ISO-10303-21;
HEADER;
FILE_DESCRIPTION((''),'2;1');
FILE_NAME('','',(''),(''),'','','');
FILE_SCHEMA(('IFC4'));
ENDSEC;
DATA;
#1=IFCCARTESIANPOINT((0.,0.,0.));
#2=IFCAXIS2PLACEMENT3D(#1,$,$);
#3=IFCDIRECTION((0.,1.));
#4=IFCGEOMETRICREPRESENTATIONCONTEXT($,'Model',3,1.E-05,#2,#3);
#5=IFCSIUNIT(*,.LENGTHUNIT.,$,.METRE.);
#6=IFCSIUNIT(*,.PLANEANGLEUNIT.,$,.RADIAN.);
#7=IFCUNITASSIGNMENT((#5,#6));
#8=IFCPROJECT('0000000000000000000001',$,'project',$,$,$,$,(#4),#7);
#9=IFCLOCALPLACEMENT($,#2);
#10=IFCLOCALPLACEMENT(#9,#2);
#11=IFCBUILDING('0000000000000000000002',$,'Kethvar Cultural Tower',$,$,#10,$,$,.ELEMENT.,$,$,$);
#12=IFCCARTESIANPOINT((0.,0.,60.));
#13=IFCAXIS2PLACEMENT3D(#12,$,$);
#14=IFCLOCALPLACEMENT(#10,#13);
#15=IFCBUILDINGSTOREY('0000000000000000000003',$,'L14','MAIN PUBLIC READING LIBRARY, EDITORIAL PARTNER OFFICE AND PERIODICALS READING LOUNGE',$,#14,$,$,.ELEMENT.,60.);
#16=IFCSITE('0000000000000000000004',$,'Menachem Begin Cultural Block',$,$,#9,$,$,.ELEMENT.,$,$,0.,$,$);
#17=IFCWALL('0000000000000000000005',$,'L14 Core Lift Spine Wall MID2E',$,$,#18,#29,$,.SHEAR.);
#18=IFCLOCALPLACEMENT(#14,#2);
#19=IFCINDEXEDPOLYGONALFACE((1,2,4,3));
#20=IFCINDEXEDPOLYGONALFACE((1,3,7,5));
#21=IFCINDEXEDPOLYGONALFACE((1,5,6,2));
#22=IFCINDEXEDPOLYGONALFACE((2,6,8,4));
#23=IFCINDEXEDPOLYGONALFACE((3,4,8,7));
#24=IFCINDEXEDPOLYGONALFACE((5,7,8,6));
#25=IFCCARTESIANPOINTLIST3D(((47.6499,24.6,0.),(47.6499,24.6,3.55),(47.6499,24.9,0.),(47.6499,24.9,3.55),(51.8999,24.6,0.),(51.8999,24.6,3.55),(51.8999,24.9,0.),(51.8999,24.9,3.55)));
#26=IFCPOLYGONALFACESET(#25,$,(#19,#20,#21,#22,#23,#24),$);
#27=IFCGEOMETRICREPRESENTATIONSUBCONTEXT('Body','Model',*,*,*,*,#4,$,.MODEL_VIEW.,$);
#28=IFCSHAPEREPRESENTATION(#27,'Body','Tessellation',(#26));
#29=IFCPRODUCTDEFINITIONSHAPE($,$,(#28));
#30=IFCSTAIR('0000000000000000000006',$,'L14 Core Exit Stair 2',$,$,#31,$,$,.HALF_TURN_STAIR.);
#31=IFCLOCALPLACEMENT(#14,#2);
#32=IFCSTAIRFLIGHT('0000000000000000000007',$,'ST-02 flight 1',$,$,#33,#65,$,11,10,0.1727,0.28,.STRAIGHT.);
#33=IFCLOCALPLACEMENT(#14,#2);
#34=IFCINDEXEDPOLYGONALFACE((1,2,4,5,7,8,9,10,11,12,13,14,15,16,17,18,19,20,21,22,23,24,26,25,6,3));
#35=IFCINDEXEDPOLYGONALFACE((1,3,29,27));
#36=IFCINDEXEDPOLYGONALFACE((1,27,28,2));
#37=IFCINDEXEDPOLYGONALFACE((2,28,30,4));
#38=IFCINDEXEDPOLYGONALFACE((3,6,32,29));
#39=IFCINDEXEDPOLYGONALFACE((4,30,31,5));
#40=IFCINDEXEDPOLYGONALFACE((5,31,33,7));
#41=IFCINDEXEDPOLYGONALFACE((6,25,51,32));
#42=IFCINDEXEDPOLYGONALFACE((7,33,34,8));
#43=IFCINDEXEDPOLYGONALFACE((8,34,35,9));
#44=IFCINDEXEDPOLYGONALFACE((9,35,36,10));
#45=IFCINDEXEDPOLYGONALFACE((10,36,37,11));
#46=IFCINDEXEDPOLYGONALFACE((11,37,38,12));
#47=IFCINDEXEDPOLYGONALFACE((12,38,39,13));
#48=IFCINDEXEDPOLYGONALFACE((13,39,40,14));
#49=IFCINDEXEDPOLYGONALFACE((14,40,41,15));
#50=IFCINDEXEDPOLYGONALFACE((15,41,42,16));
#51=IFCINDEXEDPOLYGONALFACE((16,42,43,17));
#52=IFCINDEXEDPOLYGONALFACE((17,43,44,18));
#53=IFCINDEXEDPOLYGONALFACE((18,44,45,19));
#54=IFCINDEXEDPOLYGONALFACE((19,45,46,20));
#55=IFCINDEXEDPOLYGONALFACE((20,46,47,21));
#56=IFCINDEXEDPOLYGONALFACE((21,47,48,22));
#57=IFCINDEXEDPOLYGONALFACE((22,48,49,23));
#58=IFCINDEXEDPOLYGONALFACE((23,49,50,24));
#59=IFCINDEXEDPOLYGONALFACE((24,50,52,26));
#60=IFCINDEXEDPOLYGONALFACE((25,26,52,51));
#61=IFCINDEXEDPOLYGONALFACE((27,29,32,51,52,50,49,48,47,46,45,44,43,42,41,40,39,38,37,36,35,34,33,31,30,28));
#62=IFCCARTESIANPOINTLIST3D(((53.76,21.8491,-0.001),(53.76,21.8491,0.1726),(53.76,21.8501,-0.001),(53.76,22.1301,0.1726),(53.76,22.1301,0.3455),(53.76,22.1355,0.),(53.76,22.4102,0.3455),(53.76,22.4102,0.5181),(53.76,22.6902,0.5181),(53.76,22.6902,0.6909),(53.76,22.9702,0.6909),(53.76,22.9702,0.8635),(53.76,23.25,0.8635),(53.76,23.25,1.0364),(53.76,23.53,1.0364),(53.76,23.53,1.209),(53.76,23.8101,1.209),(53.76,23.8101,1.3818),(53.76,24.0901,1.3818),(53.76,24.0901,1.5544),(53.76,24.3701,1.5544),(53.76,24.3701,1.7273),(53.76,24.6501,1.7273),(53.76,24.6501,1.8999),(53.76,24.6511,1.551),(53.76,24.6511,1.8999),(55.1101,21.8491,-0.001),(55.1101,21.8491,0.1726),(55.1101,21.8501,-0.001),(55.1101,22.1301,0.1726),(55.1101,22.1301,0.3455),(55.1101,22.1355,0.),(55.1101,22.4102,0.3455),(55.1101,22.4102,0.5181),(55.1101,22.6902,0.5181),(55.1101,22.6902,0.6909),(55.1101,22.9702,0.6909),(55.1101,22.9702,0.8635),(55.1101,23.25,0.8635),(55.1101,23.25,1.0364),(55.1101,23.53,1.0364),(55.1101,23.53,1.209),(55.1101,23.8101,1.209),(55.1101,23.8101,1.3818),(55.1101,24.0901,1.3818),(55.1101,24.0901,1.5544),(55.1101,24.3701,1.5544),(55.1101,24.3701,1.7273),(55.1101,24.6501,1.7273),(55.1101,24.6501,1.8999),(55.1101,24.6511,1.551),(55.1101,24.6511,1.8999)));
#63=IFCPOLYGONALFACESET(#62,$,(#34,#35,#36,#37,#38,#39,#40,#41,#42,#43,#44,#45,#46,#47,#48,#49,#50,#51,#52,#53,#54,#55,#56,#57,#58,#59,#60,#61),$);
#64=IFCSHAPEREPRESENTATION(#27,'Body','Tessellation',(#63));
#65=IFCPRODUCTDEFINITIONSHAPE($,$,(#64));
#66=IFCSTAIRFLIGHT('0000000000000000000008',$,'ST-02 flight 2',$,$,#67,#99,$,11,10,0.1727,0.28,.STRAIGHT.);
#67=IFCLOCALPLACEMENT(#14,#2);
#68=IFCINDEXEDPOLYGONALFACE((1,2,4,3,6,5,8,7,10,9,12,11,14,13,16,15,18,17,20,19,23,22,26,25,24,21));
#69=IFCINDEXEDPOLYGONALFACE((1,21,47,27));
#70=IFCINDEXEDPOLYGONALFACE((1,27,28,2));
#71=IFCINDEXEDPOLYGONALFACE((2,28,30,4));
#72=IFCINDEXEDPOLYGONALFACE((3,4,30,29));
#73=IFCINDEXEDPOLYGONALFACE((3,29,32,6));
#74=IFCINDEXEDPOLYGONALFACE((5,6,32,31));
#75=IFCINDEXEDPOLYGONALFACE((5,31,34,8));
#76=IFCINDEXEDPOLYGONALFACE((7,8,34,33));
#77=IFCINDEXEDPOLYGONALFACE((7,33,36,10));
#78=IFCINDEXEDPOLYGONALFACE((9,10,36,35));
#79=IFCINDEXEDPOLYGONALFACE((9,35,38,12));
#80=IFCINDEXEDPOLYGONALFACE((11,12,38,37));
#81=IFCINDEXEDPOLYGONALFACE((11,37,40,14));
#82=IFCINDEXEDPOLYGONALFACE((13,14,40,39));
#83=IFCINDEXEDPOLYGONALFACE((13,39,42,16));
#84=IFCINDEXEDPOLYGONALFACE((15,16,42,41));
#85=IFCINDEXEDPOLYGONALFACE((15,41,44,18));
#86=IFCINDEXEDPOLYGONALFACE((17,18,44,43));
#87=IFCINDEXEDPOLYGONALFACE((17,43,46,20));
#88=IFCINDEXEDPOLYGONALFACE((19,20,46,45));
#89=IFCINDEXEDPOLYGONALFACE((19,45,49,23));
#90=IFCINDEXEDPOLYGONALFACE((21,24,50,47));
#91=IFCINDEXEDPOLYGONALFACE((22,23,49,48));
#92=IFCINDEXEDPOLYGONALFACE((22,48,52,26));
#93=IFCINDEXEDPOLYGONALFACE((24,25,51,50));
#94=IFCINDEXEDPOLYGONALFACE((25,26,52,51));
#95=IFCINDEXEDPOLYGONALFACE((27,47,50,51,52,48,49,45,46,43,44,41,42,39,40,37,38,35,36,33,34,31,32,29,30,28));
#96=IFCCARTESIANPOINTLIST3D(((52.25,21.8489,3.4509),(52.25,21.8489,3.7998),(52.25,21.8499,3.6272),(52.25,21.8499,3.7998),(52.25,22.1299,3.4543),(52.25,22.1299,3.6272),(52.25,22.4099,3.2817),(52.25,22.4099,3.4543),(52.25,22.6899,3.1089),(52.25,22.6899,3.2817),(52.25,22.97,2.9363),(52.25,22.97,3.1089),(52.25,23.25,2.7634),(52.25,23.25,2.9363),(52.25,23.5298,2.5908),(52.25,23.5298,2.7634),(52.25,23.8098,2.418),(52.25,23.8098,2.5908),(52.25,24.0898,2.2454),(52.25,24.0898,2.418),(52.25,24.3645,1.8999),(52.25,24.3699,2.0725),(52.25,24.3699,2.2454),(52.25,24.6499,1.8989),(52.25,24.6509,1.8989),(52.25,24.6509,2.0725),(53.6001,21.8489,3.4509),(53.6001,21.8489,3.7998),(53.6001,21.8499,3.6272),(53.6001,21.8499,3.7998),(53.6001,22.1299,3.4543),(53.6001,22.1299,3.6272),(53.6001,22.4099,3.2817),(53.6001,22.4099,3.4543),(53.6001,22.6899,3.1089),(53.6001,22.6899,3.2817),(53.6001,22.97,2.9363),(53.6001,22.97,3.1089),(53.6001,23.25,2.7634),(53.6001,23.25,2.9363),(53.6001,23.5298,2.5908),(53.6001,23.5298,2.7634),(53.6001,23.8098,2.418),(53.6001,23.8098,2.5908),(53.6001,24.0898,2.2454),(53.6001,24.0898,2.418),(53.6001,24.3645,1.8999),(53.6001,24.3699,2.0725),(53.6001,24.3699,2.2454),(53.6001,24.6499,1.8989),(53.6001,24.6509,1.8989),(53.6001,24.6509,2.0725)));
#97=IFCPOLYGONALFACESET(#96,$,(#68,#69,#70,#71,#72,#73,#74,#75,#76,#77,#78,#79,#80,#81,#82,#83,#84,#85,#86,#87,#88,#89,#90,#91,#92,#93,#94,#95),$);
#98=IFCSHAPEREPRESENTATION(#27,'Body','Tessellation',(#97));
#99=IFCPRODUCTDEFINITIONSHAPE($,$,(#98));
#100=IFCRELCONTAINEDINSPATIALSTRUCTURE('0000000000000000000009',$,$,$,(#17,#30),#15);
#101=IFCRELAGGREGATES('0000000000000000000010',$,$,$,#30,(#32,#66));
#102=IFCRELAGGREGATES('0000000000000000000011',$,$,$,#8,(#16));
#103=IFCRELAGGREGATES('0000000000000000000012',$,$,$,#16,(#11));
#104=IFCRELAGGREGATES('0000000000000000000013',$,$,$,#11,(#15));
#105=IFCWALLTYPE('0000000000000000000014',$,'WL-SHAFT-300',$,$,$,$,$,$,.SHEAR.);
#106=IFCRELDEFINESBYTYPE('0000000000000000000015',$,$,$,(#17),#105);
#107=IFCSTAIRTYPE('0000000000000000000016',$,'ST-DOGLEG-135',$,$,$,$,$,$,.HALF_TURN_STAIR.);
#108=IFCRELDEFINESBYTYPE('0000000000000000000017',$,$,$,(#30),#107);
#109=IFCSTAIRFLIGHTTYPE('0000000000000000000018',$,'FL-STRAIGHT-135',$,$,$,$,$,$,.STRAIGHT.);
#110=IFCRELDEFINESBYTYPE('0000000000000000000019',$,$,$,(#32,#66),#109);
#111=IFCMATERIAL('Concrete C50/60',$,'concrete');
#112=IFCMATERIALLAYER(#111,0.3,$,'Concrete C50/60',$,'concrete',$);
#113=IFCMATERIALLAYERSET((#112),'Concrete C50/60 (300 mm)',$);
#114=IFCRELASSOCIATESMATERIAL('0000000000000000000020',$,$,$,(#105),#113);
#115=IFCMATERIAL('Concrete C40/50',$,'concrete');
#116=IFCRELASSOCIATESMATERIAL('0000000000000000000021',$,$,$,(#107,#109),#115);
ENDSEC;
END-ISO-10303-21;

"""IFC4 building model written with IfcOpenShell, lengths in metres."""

from ifc_helpers import new_model, si_unit, direction, frame, frame_2d, origin, place, context, subcontext, project, spatial, polyline, rectangle, outline, extrude, material, layer, layer_set, type_object, element, aggregate, save


model = new_model("IFC4")

# Units and contexts
model_context = context("Model", 3, precision=1e-05, world=origin(), true_north=direction((0.0, 1.0)))
body_context = subcontext(model_context, "Body", "Model", "MODEL_VIEW")
ifc_project = project(units=[si_unit("LENGTHUNIT", "METRE"), si_unit("PLANEANGLEUNIT", "RADIAN")], contexts=[model_context])

# Site, building, storey
site_placement = place(None, origin())
site = spatial("IfcSite", under=ifc_project, at=site_placement, Name="Menachem Begin Cultural Block", CompositionType="ELEMENT", RefElevation=0.0)
building_placement = place(site_placement, origin())
building = spatial("IfcBuilding", under=site, at=building_placement, Name="Kethvar Cultural Tower", CompositionType="ELEMENT")
storey_placement = place(building_placement, frame((0.0, 0.0, 60.0)))
storey = spatial("IfcBuildingStorey", under=building, at=storey_placement, Name="L14", Description="MAIN PUBLIC READING LIBRARY, EDITORIAL PARTNER OFFICE AND PERIODICALS READING LOUNGE", CompositionType="ELEMENT", Elevation=60.0)

# Shared definitions
ifc_material_1 = material(Name="Concrete C50/60", Category="concrete")
ifc_layer_1 = layer(ifc_material_1, 0.3, Name="Concrete C50/60", Category="concrete")
ifc_layer_set_1 = layer_set([ifc_layer_1], Name="Concrete C50/60 (300 mm)")
wall_type_1 = type_object("IfcWallType", Name="WL-SHAFT-300", PredefinedType="SHEAR", material=ifc_layer_set_1)

# Wall
wall_1_placement = place(storey_placement, frame((47.6499, 24.75, 0.0), z_axis=(0.0, 0.0, 1.0), x_axis=(1.0, 0.0, 0.0)))
element("IfcWall", 1, at=wall_1_placement, inside=storey, type_object=wall_type_1, Name="L14 Core Lift Spine Wall MID2E", PredefinedType="SHEAR", context=body_context, shape_type="SweptSolid", body=[
    extrude(rectangle(XDim=4.25, YDim=0.3, at=frame_2d((2.125, 0.0))), origin(), (0.0, 0.0, 1.0), 3.55),
])

# Stair, stair flights
ifc_material_2 = material(Name="Concrete C40/50", Category="concrete")
stair_type = type_object("IfcStairType", Name="ST-DOGLEG-135", PredefinedType="HALF_TURN_STAIR", material=ifc_material_2)
stair_placement = place(storey_placement, origin())
stair = element("IfcStair", 2, at=stair_placement, inside=storey, type_object=stair_type, Name="L14 Core Exit Stair 2", PredefinedType="HALF_TURN_STAIR")
stair_flight_type = type_object("IfcStairFlightType", Name="FL-STRAIGHT-135", PredefinedType="STRAIGHT", material=ifc_material_2)
stair_flight_1_placement = place(storey_placement, frame((54.4351, 21.8501, 0.0), z_axis=(0.0, 0.0, 1.0), x_axis=(0.0, 1.0, 0.0)))
stair_flight_1 = element("IfcStairFlight", 3, at=stair_flight_1_placement, type_object=stair_flight_type, Name="ST-02 flight 1", NumberOfRisers=11, NumberOfTreads=10, PredefinedType="STRAIGHT", RiserHeight=0.1727, TreadLength=0.28, context=body_context, shape_type="SweptSolid", body=[
    extrude(outline(polyline([(-0.001, -0.001), (-0.001, 0.1726), (0.28, 0.1726), (0.28, 0.3455), (0.5601, 0.3455), (0.5601, 0.5181), (0.8401, 0.5181), (0.8401, 0.6909), (1.1201, 0.6909), (1.1201, 0.8635), (1.3999, 0.8635), (1.3999, 1.0364), (1.6799, 1.0364), (1.6799, 1.209), (1.96, 1.209), (1.96, 1.3818), (2.24, 1.3818), (2.24, 1.5544), (2.52, 1.5544), (2.52, 1.7273), (2.8, 1.7273), (2.8, 1.8999), (2.801, 1.8999), (2.801, 1.551), (0.2854, 0.0), (0.0, -0.001), (-0.001, -0.001)])), frame((0.0, 0.675, 0.0), z_axis=(0.0, -1.0, 0.0), x_axis=(1.0, 0.0, 0.0)), (0.0, 0.0, 1.0), 1.3501),
])
stair_flight_2_placement = place(storey_placement, frame((52.925, 24.6499, 1.8999), z_axis=(0.0, 0.0, 1.0), x_axis=(0.0, -1.0, 0.0)))
stair_flight_2 = element("IfcStairFlight", 4, at=stair_flight_2_placement, type_object=stair_flight_type, Name="ST-02 flight 2", NumberOfRisers=11, NumberOfTreads=10, PredefinedType="STRAIGHT", RiserHeight=0.1727, TreadLength=0.28, context=body_context, shape_type="SweptSolid", body=[
    extrude(outline(polyline([(-0.001, -0.001), (-0.001, 0.1726), (0.28, 0.1726), (0.28, 0.3455), (0.5601, 0.3455), (0.5601, 0.5181), (0.8401, 0.5181), (0.8401, 0.6909), (1.1201, 0.6909), (1.1201, 0.8635), (1.3999, 0.8635), (1.3999, 1.0364), (1.6799, 1.0364), (1.6799, 1.209), (1.96, 1.209), (1.96, 1.3818), (2.24, 1.3818), (2.24, 1.5544), (2.52, 1.5544), (2.52, 1.7273), (2.8, 1.7273), (2.8, 1.8999), (2.801, 1.8999), (2.801, 1.551), (0.2854, 0.0), (0.0, -0.001), (-0.001, -0.001)])), frame((0.0, 0.675, 0.0), z_axis=(0.0, -1.0, 0.0), x_axis=(1.0, 0.0, 0.0)), (0.0, 0.0, 1.0), 1.3501),
])
aggregate(stair, [stair_flight_1, stair_flight_2])

save(model, "model.ifc")
